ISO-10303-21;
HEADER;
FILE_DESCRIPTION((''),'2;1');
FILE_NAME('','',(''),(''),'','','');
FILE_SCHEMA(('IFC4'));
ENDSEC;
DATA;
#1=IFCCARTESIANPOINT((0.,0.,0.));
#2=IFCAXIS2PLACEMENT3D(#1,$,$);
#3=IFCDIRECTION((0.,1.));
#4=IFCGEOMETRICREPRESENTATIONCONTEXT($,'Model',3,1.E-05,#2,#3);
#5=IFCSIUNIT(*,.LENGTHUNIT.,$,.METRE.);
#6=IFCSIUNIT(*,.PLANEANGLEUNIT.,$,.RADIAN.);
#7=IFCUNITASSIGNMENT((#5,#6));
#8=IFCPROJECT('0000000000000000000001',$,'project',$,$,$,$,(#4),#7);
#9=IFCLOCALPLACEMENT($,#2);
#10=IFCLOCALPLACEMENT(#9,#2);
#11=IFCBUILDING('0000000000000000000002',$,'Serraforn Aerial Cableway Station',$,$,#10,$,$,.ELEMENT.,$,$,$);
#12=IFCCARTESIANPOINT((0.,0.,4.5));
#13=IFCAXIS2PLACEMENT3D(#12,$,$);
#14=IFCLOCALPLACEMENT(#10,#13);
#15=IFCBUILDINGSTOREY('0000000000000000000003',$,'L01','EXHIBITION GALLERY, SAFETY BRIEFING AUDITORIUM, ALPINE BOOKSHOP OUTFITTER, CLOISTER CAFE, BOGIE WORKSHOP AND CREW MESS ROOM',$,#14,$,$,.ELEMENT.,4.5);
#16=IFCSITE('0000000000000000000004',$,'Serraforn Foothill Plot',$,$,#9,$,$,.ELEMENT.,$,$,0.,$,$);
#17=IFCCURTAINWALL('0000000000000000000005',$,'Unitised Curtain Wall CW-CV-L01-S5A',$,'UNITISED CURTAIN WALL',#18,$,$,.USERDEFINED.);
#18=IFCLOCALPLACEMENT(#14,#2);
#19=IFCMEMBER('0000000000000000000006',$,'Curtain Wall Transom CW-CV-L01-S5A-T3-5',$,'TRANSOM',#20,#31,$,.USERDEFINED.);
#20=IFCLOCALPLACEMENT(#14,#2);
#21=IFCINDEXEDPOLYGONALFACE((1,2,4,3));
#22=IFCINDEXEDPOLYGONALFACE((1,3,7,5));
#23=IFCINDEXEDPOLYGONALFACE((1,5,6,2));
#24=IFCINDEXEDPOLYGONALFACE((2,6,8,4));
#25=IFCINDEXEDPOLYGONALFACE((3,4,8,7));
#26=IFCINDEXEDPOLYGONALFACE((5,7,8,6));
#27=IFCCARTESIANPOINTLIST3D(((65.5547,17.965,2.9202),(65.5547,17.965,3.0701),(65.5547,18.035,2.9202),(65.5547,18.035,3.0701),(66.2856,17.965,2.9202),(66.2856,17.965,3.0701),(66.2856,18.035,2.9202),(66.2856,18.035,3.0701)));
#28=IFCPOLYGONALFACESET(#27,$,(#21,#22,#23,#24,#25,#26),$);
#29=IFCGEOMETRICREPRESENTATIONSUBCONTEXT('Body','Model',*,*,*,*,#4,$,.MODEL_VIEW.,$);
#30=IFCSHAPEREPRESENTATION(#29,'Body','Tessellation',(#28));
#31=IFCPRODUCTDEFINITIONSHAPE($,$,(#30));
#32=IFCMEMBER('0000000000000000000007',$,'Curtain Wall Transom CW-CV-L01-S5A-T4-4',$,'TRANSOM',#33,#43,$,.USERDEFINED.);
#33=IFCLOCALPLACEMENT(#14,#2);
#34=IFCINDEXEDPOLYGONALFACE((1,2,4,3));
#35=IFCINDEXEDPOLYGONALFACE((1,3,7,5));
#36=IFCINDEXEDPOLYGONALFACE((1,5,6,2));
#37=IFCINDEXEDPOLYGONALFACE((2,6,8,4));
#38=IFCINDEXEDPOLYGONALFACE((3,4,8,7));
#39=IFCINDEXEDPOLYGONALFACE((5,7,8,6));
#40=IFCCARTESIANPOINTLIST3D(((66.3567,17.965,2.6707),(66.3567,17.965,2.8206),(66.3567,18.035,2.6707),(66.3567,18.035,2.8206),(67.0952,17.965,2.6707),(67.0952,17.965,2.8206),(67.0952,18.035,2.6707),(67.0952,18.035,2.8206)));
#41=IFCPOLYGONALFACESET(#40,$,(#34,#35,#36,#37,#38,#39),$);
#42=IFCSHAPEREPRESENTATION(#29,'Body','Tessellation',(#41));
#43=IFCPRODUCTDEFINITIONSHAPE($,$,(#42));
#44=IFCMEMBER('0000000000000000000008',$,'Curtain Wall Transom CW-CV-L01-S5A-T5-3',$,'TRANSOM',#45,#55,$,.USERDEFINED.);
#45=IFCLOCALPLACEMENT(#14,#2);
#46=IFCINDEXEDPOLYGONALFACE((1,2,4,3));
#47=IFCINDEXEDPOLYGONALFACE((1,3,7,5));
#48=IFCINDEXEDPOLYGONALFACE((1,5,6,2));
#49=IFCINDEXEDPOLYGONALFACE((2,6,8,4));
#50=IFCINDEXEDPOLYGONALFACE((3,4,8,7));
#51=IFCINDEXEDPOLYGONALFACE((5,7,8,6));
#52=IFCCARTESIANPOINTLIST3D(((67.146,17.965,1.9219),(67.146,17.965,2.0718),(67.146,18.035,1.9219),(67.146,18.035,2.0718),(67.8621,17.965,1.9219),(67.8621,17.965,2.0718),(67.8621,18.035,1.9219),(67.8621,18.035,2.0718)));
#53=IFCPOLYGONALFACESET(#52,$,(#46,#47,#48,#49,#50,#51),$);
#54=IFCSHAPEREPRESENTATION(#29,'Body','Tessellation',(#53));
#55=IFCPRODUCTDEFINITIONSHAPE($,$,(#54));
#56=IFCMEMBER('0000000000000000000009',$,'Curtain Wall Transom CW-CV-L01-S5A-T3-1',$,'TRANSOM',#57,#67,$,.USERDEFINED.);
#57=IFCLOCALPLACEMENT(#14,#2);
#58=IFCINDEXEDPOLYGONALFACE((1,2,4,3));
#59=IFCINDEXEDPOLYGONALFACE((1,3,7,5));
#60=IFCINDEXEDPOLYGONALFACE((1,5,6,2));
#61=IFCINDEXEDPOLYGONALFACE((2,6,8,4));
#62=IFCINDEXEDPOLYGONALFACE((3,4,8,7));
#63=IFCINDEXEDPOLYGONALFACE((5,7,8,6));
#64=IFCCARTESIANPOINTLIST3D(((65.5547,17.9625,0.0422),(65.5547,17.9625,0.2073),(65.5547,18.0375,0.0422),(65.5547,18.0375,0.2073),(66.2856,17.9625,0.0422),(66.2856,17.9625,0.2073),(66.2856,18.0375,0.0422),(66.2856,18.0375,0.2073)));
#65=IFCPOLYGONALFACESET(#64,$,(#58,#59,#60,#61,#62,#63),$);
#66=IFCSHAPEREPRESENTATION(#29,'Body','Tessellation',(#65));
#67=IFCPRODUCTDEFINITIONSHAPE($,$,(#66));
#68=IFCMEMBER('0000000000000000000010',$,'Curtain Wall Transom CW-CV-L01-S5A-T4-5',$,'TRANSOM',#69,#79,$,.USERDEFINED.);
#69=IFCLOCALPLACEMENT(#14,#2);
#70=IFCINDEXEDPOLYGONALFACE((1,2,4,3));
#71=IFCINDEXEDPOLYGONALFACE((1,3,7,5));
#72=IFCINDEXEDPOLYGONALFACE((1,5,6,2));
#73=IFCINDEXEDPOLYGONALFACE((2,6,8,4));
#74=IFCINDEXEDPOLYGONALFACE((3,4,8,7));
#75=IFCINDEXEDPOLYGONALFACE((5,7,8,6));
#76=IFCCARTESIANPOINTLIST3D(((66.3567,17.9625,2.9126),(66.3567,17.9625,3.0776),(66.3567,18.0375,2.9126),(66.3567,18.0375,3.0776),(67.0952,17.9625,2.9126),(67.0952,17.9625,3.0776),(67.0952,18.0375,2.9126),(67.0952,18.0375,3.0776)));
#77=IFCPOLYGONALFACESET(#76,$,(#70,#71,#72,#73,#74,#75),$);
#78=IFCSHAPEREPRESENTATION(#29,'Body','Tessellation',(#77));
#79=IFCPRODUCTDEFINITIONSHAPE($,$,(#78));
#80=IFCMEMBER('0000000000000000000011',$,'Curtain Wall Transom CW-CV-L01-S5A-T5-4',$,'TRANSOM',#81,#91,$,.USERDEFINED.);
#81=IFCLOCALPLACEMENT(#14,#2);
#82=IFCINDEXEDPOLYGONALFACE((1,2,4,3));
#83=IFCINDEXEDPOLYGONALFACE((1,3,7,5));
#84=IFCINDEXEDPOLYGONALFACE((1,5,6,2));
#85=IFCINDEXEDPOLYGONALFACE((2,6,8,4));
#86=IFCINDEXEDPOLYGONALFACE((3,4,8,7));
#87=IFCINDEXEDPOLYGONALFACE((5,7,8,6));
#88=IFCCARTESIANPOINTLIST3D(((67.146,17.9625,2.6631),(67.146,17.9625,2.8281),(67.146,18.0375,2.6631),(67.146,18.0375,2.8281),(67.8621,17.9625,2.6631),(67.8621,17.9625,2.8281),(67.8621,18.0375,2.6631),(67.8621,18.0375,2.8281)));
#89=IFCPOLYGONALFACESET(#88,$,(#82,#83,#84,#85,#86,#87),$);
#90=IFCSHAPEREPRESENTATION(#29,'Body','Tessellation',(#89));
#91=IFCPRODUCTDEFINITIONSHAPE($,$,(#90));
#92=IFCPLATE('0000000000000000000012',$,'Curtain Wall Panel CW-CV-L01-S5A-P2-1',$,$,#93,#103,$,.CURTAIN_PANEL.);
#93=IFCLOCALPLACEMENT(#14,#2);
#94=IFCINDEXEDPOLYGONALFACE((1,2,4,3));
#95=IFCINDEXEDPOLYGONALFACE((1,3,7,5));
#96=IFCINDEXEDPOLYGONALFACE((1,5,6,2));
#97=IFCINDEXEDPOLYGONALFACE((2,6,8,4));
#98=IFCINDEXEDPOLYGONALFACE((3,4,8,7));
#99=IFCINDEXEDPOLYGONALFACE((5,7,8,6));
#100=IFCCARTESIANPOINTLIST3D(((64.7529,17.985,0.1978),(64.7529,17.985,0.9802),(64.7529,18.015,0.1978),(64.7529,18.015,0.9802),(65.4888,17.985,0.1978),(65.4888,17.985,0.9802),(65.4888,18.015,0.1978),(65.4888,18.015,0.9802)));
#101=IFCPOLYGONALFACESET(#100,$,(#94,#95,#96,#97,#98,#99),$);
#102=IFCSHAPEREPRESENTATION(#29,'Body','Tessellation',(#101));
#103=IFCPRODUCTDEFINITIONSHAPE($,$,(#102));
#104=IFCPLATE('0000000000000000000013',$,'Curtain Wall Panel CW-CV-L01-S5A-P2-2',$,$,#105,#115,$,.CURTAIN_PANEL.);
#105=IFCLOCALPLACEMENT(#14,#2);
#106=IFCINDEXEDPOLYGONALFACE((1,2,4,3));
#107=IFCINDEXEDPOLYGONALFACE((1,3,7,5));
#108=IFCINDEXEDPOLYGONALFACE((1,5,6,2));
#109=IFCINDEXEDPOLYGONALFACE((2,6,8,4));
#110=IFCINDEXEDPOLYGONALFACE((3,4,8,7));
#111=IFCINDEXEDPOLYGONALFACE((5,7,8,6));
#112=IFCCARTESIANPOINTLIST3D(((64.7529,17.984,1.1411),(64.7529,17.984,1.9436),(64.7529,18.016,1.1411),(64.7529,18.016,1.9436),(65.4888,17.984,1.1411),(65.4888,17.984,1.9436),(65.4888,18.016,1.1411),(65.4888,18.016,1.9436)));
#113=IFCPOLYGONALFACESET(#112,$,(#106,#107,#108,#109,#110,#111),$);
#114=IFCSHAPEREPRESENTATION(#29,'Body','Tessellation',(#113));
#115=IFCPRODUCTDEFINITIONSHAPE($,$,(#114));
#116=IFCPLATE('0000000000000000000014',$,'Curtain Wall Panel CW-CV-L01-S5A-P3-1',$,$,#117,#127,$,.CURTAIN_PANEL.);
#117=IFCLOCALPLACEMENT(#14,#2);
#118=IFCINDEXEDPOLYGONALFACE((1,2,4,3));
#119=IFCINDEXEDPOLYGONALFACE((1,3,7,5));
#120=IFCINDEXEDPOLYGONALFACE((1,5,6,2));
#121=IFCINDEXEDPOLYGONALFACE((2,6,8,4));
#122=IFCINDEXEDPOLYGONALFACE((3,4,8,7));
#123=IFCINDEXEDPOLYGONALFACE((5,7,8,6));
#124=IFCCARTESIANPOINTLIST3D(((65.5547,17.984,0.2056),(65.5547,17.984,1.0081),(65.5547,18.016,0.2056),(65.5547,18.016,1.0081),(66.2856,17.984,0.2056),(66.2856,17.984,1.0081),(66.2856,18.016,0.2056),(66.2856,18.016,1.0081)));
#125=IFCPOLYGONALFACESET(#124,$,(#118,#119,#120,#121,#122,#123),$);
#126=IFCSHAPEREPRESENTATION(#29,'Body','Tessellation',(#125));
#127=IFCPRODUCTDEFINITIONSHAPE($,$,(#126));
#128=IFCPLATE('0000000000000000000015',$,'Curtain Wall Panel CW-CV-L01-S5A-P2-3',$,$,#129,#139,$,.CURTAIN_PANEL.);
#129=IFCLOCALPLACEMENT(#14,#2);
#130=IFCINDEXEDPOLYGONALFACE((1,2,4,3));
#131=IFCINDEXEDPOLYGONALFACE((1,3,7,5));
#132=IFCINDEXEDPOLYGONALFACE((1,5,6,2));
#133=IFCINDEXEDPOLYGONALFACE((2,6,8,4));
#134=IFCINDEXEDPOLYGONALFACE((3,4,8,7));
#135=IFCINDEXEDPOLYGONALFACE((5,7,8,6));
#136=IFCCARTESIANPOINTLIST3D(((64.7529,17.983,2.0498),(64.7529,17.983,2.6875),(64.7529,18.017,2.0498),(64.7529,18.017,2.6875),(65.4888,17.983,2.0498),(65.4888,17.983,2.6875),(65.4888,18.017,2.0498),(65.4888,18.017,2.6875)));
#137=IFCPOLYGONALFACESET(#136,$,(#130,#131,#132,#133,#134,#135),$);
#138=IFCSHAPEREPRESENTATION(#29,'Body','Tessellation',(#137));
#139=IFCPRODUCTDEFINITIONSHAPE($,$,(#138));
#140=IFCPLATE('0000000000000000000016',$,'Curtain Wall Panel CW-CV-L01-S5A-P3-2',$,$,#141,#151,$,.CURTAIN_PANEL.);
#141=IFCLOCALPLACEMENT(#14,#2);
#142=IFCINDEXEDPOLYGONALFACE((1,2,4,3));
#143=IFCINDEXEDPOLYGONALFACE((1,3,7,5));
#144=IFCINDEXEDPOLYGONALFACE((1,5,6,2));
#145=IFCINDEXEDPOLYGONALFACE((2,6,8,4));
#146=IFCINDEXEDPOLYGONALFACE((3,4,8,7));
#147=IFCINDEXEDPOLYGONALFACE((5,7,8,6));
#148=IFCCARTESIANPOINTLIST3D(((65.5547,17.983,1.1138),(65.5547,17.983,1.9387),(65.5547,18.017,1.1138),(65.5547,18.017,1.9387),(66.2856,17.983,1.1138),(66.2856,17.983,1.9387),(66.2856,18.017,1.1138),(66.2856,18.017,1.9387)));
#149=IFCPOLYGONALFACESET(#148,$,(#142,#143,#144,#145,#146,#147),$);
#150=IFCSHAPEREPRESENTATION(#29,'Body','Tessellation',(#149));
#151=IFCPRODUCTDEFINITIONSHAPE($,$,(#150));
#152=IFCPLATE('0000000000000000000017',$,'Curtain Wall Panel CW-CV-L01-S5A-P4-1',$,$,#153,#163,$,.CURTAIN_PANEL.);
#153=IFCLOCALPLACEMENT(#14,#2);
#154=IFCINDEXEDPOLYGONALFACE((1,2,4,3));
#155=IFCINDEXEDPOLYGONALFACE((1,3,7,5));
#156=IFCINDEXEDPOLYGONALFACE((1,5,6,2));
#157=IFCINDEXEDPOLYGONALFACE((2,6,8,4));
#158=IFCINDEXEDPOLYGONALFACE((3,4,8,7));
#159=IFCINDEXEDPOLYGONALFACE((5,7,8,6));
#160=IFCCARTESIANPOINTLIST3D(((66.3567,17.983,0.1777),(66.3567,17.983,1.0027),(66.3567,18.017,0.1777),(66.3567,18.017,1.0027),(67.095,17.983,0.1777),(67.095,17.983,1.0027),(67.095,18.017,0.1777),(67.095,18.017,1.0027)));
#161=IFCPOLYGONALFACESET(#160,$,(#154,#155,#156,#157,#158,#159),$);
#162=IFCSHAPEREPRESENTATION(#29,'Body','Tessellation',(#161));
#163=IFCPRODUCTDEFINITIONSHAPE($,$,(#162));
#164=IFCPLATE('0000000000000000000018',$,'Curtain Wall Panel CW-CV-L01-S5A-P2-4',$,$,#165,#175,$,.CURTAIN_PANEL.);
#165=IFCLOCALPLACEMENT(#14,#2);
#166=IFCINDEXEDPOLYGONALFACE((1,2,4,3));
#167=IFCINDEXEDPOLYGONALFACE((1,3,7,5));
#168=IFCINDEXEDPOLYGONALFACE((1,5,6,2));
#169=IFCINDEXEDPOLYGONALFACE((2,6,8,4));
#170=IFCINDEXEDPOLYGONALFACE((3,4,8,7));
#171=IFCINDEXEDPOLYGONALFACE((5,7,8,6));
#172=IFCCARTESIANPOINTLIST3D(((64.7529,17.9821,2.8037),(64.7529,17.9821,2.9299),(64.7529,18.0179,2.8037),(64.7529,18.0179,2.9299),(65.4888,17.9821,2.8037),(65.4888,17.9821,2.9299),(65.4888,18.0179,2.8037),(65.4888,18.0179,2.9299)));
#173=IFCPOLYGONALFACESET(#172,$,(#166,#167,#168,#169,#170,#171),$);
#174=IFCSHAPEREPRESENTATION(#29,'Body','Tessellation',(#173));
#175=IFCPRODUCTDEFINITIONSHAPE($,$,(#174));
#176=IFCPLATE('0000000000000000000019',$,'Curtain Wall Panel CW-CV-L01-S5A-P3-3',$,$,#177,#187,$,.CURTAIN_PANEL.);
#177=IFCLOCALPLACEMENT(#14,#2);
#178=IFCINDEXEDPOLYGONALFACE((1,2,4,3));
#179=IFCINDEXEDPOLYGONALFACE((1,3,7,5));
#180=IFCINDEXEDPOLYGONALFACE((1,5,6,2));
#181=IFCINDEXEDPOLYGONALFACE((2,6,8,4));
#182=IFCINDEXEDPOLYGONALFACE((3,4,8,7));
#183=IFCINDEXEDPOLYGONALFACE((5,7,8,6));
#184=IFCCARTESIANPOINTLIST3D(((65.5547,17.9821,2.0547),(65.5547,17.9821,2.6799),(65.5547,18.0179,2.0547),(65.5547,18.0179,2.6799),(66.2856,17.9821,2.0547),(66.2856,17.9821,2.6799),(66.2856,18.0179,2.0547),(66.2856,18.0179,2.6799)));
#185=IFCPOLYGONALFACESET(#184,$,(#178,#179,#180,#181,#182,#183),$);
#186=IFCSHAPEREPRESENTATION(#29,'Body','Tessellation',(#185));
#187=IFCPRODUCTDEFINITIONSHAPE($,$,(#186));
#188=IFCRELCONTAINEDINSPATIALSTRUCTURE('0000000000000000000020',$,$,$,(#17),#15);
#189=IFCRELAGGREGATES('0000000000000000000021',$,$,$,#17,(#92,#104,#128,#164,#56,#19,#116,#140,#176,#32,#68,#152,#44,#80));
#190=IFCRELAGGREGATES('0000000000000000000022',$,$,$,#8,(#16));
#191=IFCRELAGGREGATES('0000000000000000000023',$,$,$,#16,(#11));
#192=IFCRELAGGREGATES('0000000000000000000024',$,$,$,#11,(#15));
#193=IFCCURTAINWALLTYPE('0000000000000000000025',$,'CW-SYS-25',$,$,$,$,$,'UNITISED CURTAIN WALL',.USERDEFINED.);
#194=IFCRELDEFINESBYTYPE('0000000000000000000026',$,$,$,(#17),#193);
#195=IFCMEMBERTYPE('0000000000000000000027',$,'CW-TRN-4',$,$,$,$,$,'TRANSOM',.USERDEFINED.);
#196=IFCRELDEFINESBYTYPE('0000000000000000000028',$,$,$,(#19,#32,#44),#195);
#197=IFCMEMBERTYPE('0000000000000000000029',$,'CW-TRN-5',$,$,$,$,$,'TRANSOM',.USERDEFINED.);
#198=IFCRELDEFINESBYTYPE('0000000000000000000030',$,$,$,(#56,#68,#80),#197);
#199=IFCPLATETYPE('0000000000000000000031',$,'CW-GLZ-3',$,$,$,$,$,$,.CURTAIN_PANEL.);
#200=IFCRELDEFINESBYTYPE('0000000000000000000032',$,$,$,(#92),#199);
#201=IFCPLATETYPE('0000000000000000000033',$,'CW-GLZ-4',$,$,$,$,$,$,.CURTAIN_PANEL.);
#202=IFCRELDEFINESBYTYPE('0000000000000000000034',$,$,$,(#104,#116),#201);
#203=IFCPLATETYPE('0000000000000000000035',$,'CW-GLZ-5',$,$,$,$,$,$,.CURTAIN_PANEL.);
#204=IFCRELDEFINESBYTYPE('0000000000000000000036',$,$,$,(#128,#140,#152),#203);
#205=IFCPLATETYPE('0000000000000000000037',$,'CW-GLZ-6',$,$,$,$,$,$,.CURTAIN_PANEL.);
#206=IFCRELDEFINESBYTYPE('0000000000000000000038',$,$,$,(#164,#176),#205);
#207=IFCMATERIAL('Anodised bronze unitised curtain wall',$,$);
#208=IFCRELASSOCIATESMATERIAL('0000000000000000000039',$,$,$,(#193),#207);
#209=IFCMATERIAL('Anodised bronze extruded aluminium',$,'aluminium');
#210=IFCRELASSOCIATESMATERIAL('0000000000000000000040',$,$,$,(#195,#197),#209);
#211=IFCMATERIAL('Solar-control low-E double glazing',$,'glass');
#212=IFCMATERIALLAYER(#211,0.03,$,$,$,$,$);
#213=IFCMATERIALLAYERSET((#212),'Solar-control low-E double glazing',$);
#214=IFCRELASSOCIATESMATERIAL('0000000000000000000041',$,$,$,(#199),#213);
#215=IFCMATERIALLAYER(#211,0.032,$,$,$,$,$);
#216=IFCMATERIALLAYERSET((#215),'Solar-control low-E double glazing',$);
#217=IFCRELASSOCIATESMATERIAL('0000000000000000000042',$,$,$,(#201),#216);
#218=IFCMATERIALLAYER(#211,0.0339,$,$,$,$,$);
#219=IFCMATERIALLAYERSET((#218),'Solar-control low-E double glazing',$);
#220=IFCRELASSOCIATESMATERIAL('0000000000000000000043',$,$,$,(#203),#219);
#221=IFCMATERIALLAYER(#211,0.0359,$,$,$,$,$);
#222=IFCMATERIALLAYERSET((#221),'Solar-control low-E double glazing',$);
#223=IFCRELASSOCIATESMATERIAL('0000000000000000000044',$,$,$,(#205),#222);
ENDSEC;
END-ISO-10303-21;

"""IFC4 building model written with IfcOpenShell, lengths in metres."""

from ifc_helpers import new_model, si_unit, direction, frame, origin, origin_2d, place, context, subcontext, project, spatial, rectangle, extrude, material, layer, layer_set, material_profile, profile_set, type_object, element, aggregate, save


model = new_model("IFC4")

# Units and contexts
model_context = context("Model", 3, precision=1e-05, world=origin(), true_north=direction((0.0, 1.0)))
body_context = subcontext(model_context, "Body", "Model", "MODEL_VIEW")
ifc_project = project(units=[si_unit("LENGTHUNIT", "METRE"), si_unit("PLANEANGLEUNIT", "RADIAN")], contexts=[model_context])

# Site, building, storey
site_placement = place(None, origin())
site = spatial("IfcSite", under=ifc_project, at=site_placement, Name="Serraforn Foothill Plot", CompositionType="ELEMENT", RefElevation=0.0)
building_placement = place(site_placement, origin())
building = spatial("IfcBuilding", under=site, at=building_placement, Name="Serraforn Aerial Cableway Station", CompositionType="ELEMENT")
storey_placement = place(building_placement, frame((0.0, 0.0, 4.5)))
storey = spatial("IfcBuildingStorey", under=building, at=storey_placement, Name="L01", Description="EXHIBITION GALLERY, SAFETY BRIEFING AUDITORIUM, ALPINE BOOKSHOP OUTFITTER, CLOISTER CAFE, BOGIE WORKSHOP AND CREW MESS ROOM", CompositionType="ELEMENT", Elevation=4.5)

# Curtain wall, members, plates
ifc_material_1 = material(Name="Anodised bronze unitised curtain wall")
curtain_wall_type = type_object("IfcCurtainWallType", Name="CW-SYS-25", ElementType="UNITISED CURTAIN WALL", PredefinedType="USERDEFINED", material=ifc_material_1)
curtain_wall_placement = place(storey_placement, origin())
curtain_wall = element("IfcCurtainWall", 1, at=curtain_wall_placement, inside=storey, type_object=curtain_wall_type, Name="Unitised Curtain Wall CW-CV-L01-S5A", ObjectType="UNITISED CURTAIN WALL", PredefinedType="USERDEFINED")
ifc_material_2 = material(Name="Anodised bronze extruded aluminium", Category="aluminium")
ifc_material_profile_1 = material_profile(ifc_material_2, rectangle(XDim=0.0701, YDim=0.1499, at=origin_2d()), Name="CW TRANSOM 70x150")
ifc_profile_set_1 = profile_set([ifc_material_profile_1], Name="Anodised bronze extruded aluminium")
member_type_1 = type_object("IfcMemberType", Name="CW-TRN-4", ElementType="TRANSOM", PredefinedType="USERDEFINED", material=ifc_profile_set_1)
member_1_placement = place(storey_placement, frame((65.5547, 18.0, 2.9951), z_axis=(1.0, 0.0, 0.0), x_axis=(0.0, 1.0, 0.0)))
member_1 = element("IfcMember", 2, at=member_1_placement, type_object=member_type_1, Name="Curtain Wall Transom CW-CV-L01-S5A-T3-5", ObjectType="TRANSOM", PredefinedType="USERDEFINED", context=body_context, shape_type="SweptSolid", body=[
    extrude(rectangle(XDim=0.0701, YDim=0.1499, at=origin_2d()), origin(), (0.0, 0.0, 1.0), 0.731),
])
member_2_placement = place(storey_placement, frame((66.3567, 18.0, 2.7456), z_axis=(1.0, 0.0, 0.0), x_axis=(0.0, 1.0, 0.0)))
member_2 = element("IfcMember", 3, at=member_2_placement, type_object=member_type_1, Name="Curtain Wall Transom CW-CV-L01-S5A-T4-4", ObjectType="TRANSOM", PredefinedType="USERDEFINED", context=body_context, shape_type="SweptSolid", body=[
    extrude(rectangle(XDim=0.0701, YDim=0.1499, at=origin_2d()), origin(), (0.0, 0.0, 1.0), 0.7385),
])
member_3_placement = place(storey_placement, frame((67.146, 18.0, 1.9968), z_axis=(1.0, 0.0, 0.0), x_axis=(0.0, 1.0, 0.0)))
member_3 = element("IfcMember", 4, at=member_3_placement, type_object=member_type_1, Name="Curtain Wall Transom CW-CV-L01-S5A-T5-3", ObjectType="TRANSOM", PredefinedType="USERDEFINED", context=body_context, shape_type="SweptSolid", body=[
    extrude(rectangle(XDim=0.0701, YDim=0.1499, at=origin_2d()), origin(), (0.0, 0.0, 1.0), 0.7161),
])
ifc_material_profile_2 = material_profile(ifc_material_2, rectangle(XDim=0.075, YDim=0.165, at=origin_2d()), Name="CW TRANSOM 75x165")
ifc_profile_set_2 = profile_set([ifc_material_profile_2], Name="Anodised bronze extruded aluminium")
member_type_2 = type_object("IfcMemberType", Name="CW-TRN-5", ElementType="TRANSOM", PredefinedType="USERDEFINED", material=ifc_profile_set_2)
member_4_placement = place(storey_placement, frame((65.5547, 18.0, 0.1248), z_axis=(1.0, 0.0, 0.0), x_axis=(0.0, 1.0, 0.0)))
member_4 = element("IfcMember", 5, at=member_4_placement, type_object=member_type_2, Name="Curtain Wall Transom CW-CV-L01-S5A-T3-1", ObjectType="TRANSOM", PredefinedType="USERDEFINED", context=body_context, shape_type="SweptSolid", body=[
    extrude(rectangle(XDim=0.075, YDim=0.165, at=origin_2d()), origin(), (0.0, 0.0, 1.0), 0.731),
])
member_5_placement = place(storey_placement, frame((66.3567, 18.0, 2.9951), z_axis=(1.0, 0.0, 0.0), x_axis=(0.0, 1.0, 0.0)))
member_5 = element("IfcMember", 6, at=member_5_placement, type_object=member_type_2, Name="Curtain Wall Transom CW-CV-L01-S5A-T4-5", ObjectType="TRANSOM", PredefinedType="USERDEFINED", context=body_context, shape_type="SweptSolid", body=[
    extrude(rectangle(XDim=0.075, YDim=0.165, at=origin_2d()), origin(), (0.0, 0.0, 1.0), 0.7385),
])
member_6_placement = place(storey_placement, frame((67.146, 18.0, 2.7456), z_axis=(1.0, 0.0, 0.0), x_axis=(0.0, 1.0, 0.0)))
member_6 = element("IfcMember", 7, at=member_6_placement, type_object=member_type_2, Name="Curtain Wall Transom CW-CV-L01-S5A-T5-4", ObjectType="TRANSOM", PredefinedType="USERDEFINED", context=body_context, shape_type="SweptSolid", body=[
    extrude(rectangle(XDim=0.075, YDim=0.165, at=origin_2d()), origin(), (0.0, 0.0, 1.0), 0.7161),
])
ifc_material_3 = material(Name="Solar-control low-E double glazing", Category="glass")
ifc_layer_1 = layer(ifc_material_3, 0.03)
ifc_layer_set_1 = layer_set([ifc_layer_1], Name="Solar-control low-E double glazing")
plate_type_1 = type_object("IfcPlateType", Name="CW-GLZ-3", PredefinedType="CURTAIN_PANEL", material=ifc_layer_set_1)
plate_1_placement = place(storey_placement, frame((65.1208, 18.0, 0.1978), z_axis=(0.0, 0.0, 1.0), x_axis=(1.0, 0.0, 0.0)))
plate_1 = element("IfcPlate", 8, at=plate_1_placement, type_object=plate_type_1, Name="Curtain Wall Panel CW-CV-L01-S5A-P2-1", PredefinedType="CURTAIN_PANEL", context=body_context, shape_type="SweptSolid", body=[
    extrude(rectangle(XDim=0.7358, YDim=0.03, at=origin_2d()), origin(), (0.0, 0.0, 1.0), 0.7825),
])
ifc_layer_2 = layer(ifc_material_3, 0.032)
ifc_layer_set_2 = layer_set([ifc_layer_2], Name="Solar-control low-E double glazing")
plate_type_2 = type_object("IfcPlateType", Name="CW-GLZ-4", PredefinedType="CURTAIN_PANEL", material=ifc_layer_set_2)
plate_2_placement = place(storey_placement, frame((65.1208, 18.0, 1.1411), z_axis=(0.0, 0.0, 1.0), x_axis=(1.0, 0.0, 0.0)))
plate_2 = element("IfcPlate", 9, at=plate_2_placement, type_object=plate_type_2, Name="Curtain Wall Panel CW-CV-L01-S5A-P2-2", PredefinedType="CURTAIN_PANEL", context=body_context, shape_type="SweptSolid", body=[
    extrude(rectangle(XDim=0.7358, YDim=0.032, at=origin_2d()), origin(), (0.0, 0.0, 1.0), 0.8025),
])
plate_3_placement = place(storey_placement, frame((65.9202, 18.0, 0.2056), z_axis=(0.0, 0.0, 1.0), x_axis=(1.0, 0.0, 0.0)))
plate_3 = element("IfcPlate", 10, at=plate_3_placement, type_object=plate_type_2, Name="Curtain Wall Panel CW-CV-L01-S5A-P3-1", PredefinedType="CURTAIN_PANEL", context=body_context, shape_type="SweptSolid", body=[
    extrude(rectangle(XDim=0.731, YDim=0.032, at=origin_2d()), origin(), (0.0, 0.0, 1.0), 0.8025),
])
ifc_layer_3 = layer(ifc_material_3, 0.0339)
ifc_layer_set_3 = layer_set([ifc_layer_3], Name="Solar-control low-E double glazing")
plate_type_3 = type_object("IfcPlateType", Name="CW-GLZ-5", PredefinedType="CURTAIN_PANEL", material=ifc_layer_set_3)
plate_4_placement = place(storey_placement, frame((65.1208, 18.0, 2.0498), z_axis=(0.0, 0.0, 1.0), x_axis=(1.0, 0.0, 0.0)))
plate_4 = element("IfcPlate", 11, at=plate_4_placement, type_object=plate_type_3, Name="Curtain Wall Panel CW-CV-L01-S5A-P2-3", PredefinedType="CURTAIN_PANEL", context=body_context, shape_type="SweptSolid", body=[
    extrude(rectangle(XDim=0.7358, YDim=0.0339, at=origin_2d()), origin(), (0.0, 0.0, 1.0), 0.6377),
])
plate_5_placement = place(storey_placement, frame((65.9202, 18.0, 1.1138), z_axis=(0.0, 0.0, 1.0), x_axis=(1.0, 0.0, 0.0)))
plate_5 = element("IfcPlate", 12, at=plate_5_placement, type_object=plate_type_3, Name="Curtain Wall Panel CW-CV-L01-S5A-P3-2", PredefinedType="CURTAIN_PANEL", context=body_context, shape_type="SweptSolid", body=[
    extrude(rectangle(XDim=0.731, YDim=0.0339, at=origin_2d()), origin(), (0.0, 0.0, 1.0), 0.825),
])
plate_6_placement = place(storey_placement, frame((66.7258, 18.0, 0.1777), z_axis=(0.0, 0.0, 1.0), x_axis=(1.0, 0.0, 0.0)))
plate_6 = element("IfcPlate", 13, at=plate_6_placement, type_object=plate_type_3, Name="Curtain Wall Panel CW-CV-L01-S5A-P4-1", PredefinedType="CURTAIN_PANEL", context=body_context, shape_type="SweptSolid", body=[
    extrude(rectangle(XDim=0.7383, YDim=0.0339, at=origin_2d()), origin(), (0.0, 0.0, 1.0), 0.825),
])
ifc_layer_4 = layer(ifc_material_3, 0.0359)
ifc_layer_set_4 = layer_set([ifc_layer_4], Name="Solar-control low-E double glazing")
plate_type_4 = type_object("IfcPlateType", Name="CW-GLZ-6", PredefinedType="CURTAIN_PANEL", material=ifc_layer_set_4)
plate_7_placement = place(storey_placement, frame((65.1208, 18.0, 2.8037), z_axis=(0.0, 0.0, 1.0), x_axis=(1.0, 0.0, 0.0)))
plate_7 = element("IfcPlate", 14, at=plate_7_placement, type_object=plate_type_4, Name="Curtain Wall Panel CW-CV-L01-S5A-P2-4", PredefinedType="CURTAIN_PANEL", context=body_context, shape_type="SweptSolid", body=[
    extrude(rectangle(XDim=0.7358, YDim=0.0359, at=origin_2d()), origin(), (0.0, 0.0, 1.0), 0.1262),
])
plate_8_placement = place(storey_placement, frame((65.9202, 18.0, 2.0547), z_axis=(0.0, 0.0, 1.0), x_axis=(1.0, 0.0, 0.0)))
plate_8 = element("IfcPlate", 15, at=plate_8_placement, type_object=plate_type_4, Name="Curtain Wall Panel CW-CV-L01-S5A-P3-3", PredefinedType="CURTAIN_PANEL", context=body_context, shape_type="SweptSolid", body=[
    extrude(rectangle(XDim=0.731, YDim=0.0359, at=origin_2d()), origin(), (0.0, 0.0, 1.0), 0.6252),
])
aggregate(curtain_wall, [plate_1, plate_2, plate_4, plate_7, member_4, member_1, plate_3, plate_5, plate_8, member_2, member_5, plate_6, member_3, member_6])

save(model, "model.ifc")
